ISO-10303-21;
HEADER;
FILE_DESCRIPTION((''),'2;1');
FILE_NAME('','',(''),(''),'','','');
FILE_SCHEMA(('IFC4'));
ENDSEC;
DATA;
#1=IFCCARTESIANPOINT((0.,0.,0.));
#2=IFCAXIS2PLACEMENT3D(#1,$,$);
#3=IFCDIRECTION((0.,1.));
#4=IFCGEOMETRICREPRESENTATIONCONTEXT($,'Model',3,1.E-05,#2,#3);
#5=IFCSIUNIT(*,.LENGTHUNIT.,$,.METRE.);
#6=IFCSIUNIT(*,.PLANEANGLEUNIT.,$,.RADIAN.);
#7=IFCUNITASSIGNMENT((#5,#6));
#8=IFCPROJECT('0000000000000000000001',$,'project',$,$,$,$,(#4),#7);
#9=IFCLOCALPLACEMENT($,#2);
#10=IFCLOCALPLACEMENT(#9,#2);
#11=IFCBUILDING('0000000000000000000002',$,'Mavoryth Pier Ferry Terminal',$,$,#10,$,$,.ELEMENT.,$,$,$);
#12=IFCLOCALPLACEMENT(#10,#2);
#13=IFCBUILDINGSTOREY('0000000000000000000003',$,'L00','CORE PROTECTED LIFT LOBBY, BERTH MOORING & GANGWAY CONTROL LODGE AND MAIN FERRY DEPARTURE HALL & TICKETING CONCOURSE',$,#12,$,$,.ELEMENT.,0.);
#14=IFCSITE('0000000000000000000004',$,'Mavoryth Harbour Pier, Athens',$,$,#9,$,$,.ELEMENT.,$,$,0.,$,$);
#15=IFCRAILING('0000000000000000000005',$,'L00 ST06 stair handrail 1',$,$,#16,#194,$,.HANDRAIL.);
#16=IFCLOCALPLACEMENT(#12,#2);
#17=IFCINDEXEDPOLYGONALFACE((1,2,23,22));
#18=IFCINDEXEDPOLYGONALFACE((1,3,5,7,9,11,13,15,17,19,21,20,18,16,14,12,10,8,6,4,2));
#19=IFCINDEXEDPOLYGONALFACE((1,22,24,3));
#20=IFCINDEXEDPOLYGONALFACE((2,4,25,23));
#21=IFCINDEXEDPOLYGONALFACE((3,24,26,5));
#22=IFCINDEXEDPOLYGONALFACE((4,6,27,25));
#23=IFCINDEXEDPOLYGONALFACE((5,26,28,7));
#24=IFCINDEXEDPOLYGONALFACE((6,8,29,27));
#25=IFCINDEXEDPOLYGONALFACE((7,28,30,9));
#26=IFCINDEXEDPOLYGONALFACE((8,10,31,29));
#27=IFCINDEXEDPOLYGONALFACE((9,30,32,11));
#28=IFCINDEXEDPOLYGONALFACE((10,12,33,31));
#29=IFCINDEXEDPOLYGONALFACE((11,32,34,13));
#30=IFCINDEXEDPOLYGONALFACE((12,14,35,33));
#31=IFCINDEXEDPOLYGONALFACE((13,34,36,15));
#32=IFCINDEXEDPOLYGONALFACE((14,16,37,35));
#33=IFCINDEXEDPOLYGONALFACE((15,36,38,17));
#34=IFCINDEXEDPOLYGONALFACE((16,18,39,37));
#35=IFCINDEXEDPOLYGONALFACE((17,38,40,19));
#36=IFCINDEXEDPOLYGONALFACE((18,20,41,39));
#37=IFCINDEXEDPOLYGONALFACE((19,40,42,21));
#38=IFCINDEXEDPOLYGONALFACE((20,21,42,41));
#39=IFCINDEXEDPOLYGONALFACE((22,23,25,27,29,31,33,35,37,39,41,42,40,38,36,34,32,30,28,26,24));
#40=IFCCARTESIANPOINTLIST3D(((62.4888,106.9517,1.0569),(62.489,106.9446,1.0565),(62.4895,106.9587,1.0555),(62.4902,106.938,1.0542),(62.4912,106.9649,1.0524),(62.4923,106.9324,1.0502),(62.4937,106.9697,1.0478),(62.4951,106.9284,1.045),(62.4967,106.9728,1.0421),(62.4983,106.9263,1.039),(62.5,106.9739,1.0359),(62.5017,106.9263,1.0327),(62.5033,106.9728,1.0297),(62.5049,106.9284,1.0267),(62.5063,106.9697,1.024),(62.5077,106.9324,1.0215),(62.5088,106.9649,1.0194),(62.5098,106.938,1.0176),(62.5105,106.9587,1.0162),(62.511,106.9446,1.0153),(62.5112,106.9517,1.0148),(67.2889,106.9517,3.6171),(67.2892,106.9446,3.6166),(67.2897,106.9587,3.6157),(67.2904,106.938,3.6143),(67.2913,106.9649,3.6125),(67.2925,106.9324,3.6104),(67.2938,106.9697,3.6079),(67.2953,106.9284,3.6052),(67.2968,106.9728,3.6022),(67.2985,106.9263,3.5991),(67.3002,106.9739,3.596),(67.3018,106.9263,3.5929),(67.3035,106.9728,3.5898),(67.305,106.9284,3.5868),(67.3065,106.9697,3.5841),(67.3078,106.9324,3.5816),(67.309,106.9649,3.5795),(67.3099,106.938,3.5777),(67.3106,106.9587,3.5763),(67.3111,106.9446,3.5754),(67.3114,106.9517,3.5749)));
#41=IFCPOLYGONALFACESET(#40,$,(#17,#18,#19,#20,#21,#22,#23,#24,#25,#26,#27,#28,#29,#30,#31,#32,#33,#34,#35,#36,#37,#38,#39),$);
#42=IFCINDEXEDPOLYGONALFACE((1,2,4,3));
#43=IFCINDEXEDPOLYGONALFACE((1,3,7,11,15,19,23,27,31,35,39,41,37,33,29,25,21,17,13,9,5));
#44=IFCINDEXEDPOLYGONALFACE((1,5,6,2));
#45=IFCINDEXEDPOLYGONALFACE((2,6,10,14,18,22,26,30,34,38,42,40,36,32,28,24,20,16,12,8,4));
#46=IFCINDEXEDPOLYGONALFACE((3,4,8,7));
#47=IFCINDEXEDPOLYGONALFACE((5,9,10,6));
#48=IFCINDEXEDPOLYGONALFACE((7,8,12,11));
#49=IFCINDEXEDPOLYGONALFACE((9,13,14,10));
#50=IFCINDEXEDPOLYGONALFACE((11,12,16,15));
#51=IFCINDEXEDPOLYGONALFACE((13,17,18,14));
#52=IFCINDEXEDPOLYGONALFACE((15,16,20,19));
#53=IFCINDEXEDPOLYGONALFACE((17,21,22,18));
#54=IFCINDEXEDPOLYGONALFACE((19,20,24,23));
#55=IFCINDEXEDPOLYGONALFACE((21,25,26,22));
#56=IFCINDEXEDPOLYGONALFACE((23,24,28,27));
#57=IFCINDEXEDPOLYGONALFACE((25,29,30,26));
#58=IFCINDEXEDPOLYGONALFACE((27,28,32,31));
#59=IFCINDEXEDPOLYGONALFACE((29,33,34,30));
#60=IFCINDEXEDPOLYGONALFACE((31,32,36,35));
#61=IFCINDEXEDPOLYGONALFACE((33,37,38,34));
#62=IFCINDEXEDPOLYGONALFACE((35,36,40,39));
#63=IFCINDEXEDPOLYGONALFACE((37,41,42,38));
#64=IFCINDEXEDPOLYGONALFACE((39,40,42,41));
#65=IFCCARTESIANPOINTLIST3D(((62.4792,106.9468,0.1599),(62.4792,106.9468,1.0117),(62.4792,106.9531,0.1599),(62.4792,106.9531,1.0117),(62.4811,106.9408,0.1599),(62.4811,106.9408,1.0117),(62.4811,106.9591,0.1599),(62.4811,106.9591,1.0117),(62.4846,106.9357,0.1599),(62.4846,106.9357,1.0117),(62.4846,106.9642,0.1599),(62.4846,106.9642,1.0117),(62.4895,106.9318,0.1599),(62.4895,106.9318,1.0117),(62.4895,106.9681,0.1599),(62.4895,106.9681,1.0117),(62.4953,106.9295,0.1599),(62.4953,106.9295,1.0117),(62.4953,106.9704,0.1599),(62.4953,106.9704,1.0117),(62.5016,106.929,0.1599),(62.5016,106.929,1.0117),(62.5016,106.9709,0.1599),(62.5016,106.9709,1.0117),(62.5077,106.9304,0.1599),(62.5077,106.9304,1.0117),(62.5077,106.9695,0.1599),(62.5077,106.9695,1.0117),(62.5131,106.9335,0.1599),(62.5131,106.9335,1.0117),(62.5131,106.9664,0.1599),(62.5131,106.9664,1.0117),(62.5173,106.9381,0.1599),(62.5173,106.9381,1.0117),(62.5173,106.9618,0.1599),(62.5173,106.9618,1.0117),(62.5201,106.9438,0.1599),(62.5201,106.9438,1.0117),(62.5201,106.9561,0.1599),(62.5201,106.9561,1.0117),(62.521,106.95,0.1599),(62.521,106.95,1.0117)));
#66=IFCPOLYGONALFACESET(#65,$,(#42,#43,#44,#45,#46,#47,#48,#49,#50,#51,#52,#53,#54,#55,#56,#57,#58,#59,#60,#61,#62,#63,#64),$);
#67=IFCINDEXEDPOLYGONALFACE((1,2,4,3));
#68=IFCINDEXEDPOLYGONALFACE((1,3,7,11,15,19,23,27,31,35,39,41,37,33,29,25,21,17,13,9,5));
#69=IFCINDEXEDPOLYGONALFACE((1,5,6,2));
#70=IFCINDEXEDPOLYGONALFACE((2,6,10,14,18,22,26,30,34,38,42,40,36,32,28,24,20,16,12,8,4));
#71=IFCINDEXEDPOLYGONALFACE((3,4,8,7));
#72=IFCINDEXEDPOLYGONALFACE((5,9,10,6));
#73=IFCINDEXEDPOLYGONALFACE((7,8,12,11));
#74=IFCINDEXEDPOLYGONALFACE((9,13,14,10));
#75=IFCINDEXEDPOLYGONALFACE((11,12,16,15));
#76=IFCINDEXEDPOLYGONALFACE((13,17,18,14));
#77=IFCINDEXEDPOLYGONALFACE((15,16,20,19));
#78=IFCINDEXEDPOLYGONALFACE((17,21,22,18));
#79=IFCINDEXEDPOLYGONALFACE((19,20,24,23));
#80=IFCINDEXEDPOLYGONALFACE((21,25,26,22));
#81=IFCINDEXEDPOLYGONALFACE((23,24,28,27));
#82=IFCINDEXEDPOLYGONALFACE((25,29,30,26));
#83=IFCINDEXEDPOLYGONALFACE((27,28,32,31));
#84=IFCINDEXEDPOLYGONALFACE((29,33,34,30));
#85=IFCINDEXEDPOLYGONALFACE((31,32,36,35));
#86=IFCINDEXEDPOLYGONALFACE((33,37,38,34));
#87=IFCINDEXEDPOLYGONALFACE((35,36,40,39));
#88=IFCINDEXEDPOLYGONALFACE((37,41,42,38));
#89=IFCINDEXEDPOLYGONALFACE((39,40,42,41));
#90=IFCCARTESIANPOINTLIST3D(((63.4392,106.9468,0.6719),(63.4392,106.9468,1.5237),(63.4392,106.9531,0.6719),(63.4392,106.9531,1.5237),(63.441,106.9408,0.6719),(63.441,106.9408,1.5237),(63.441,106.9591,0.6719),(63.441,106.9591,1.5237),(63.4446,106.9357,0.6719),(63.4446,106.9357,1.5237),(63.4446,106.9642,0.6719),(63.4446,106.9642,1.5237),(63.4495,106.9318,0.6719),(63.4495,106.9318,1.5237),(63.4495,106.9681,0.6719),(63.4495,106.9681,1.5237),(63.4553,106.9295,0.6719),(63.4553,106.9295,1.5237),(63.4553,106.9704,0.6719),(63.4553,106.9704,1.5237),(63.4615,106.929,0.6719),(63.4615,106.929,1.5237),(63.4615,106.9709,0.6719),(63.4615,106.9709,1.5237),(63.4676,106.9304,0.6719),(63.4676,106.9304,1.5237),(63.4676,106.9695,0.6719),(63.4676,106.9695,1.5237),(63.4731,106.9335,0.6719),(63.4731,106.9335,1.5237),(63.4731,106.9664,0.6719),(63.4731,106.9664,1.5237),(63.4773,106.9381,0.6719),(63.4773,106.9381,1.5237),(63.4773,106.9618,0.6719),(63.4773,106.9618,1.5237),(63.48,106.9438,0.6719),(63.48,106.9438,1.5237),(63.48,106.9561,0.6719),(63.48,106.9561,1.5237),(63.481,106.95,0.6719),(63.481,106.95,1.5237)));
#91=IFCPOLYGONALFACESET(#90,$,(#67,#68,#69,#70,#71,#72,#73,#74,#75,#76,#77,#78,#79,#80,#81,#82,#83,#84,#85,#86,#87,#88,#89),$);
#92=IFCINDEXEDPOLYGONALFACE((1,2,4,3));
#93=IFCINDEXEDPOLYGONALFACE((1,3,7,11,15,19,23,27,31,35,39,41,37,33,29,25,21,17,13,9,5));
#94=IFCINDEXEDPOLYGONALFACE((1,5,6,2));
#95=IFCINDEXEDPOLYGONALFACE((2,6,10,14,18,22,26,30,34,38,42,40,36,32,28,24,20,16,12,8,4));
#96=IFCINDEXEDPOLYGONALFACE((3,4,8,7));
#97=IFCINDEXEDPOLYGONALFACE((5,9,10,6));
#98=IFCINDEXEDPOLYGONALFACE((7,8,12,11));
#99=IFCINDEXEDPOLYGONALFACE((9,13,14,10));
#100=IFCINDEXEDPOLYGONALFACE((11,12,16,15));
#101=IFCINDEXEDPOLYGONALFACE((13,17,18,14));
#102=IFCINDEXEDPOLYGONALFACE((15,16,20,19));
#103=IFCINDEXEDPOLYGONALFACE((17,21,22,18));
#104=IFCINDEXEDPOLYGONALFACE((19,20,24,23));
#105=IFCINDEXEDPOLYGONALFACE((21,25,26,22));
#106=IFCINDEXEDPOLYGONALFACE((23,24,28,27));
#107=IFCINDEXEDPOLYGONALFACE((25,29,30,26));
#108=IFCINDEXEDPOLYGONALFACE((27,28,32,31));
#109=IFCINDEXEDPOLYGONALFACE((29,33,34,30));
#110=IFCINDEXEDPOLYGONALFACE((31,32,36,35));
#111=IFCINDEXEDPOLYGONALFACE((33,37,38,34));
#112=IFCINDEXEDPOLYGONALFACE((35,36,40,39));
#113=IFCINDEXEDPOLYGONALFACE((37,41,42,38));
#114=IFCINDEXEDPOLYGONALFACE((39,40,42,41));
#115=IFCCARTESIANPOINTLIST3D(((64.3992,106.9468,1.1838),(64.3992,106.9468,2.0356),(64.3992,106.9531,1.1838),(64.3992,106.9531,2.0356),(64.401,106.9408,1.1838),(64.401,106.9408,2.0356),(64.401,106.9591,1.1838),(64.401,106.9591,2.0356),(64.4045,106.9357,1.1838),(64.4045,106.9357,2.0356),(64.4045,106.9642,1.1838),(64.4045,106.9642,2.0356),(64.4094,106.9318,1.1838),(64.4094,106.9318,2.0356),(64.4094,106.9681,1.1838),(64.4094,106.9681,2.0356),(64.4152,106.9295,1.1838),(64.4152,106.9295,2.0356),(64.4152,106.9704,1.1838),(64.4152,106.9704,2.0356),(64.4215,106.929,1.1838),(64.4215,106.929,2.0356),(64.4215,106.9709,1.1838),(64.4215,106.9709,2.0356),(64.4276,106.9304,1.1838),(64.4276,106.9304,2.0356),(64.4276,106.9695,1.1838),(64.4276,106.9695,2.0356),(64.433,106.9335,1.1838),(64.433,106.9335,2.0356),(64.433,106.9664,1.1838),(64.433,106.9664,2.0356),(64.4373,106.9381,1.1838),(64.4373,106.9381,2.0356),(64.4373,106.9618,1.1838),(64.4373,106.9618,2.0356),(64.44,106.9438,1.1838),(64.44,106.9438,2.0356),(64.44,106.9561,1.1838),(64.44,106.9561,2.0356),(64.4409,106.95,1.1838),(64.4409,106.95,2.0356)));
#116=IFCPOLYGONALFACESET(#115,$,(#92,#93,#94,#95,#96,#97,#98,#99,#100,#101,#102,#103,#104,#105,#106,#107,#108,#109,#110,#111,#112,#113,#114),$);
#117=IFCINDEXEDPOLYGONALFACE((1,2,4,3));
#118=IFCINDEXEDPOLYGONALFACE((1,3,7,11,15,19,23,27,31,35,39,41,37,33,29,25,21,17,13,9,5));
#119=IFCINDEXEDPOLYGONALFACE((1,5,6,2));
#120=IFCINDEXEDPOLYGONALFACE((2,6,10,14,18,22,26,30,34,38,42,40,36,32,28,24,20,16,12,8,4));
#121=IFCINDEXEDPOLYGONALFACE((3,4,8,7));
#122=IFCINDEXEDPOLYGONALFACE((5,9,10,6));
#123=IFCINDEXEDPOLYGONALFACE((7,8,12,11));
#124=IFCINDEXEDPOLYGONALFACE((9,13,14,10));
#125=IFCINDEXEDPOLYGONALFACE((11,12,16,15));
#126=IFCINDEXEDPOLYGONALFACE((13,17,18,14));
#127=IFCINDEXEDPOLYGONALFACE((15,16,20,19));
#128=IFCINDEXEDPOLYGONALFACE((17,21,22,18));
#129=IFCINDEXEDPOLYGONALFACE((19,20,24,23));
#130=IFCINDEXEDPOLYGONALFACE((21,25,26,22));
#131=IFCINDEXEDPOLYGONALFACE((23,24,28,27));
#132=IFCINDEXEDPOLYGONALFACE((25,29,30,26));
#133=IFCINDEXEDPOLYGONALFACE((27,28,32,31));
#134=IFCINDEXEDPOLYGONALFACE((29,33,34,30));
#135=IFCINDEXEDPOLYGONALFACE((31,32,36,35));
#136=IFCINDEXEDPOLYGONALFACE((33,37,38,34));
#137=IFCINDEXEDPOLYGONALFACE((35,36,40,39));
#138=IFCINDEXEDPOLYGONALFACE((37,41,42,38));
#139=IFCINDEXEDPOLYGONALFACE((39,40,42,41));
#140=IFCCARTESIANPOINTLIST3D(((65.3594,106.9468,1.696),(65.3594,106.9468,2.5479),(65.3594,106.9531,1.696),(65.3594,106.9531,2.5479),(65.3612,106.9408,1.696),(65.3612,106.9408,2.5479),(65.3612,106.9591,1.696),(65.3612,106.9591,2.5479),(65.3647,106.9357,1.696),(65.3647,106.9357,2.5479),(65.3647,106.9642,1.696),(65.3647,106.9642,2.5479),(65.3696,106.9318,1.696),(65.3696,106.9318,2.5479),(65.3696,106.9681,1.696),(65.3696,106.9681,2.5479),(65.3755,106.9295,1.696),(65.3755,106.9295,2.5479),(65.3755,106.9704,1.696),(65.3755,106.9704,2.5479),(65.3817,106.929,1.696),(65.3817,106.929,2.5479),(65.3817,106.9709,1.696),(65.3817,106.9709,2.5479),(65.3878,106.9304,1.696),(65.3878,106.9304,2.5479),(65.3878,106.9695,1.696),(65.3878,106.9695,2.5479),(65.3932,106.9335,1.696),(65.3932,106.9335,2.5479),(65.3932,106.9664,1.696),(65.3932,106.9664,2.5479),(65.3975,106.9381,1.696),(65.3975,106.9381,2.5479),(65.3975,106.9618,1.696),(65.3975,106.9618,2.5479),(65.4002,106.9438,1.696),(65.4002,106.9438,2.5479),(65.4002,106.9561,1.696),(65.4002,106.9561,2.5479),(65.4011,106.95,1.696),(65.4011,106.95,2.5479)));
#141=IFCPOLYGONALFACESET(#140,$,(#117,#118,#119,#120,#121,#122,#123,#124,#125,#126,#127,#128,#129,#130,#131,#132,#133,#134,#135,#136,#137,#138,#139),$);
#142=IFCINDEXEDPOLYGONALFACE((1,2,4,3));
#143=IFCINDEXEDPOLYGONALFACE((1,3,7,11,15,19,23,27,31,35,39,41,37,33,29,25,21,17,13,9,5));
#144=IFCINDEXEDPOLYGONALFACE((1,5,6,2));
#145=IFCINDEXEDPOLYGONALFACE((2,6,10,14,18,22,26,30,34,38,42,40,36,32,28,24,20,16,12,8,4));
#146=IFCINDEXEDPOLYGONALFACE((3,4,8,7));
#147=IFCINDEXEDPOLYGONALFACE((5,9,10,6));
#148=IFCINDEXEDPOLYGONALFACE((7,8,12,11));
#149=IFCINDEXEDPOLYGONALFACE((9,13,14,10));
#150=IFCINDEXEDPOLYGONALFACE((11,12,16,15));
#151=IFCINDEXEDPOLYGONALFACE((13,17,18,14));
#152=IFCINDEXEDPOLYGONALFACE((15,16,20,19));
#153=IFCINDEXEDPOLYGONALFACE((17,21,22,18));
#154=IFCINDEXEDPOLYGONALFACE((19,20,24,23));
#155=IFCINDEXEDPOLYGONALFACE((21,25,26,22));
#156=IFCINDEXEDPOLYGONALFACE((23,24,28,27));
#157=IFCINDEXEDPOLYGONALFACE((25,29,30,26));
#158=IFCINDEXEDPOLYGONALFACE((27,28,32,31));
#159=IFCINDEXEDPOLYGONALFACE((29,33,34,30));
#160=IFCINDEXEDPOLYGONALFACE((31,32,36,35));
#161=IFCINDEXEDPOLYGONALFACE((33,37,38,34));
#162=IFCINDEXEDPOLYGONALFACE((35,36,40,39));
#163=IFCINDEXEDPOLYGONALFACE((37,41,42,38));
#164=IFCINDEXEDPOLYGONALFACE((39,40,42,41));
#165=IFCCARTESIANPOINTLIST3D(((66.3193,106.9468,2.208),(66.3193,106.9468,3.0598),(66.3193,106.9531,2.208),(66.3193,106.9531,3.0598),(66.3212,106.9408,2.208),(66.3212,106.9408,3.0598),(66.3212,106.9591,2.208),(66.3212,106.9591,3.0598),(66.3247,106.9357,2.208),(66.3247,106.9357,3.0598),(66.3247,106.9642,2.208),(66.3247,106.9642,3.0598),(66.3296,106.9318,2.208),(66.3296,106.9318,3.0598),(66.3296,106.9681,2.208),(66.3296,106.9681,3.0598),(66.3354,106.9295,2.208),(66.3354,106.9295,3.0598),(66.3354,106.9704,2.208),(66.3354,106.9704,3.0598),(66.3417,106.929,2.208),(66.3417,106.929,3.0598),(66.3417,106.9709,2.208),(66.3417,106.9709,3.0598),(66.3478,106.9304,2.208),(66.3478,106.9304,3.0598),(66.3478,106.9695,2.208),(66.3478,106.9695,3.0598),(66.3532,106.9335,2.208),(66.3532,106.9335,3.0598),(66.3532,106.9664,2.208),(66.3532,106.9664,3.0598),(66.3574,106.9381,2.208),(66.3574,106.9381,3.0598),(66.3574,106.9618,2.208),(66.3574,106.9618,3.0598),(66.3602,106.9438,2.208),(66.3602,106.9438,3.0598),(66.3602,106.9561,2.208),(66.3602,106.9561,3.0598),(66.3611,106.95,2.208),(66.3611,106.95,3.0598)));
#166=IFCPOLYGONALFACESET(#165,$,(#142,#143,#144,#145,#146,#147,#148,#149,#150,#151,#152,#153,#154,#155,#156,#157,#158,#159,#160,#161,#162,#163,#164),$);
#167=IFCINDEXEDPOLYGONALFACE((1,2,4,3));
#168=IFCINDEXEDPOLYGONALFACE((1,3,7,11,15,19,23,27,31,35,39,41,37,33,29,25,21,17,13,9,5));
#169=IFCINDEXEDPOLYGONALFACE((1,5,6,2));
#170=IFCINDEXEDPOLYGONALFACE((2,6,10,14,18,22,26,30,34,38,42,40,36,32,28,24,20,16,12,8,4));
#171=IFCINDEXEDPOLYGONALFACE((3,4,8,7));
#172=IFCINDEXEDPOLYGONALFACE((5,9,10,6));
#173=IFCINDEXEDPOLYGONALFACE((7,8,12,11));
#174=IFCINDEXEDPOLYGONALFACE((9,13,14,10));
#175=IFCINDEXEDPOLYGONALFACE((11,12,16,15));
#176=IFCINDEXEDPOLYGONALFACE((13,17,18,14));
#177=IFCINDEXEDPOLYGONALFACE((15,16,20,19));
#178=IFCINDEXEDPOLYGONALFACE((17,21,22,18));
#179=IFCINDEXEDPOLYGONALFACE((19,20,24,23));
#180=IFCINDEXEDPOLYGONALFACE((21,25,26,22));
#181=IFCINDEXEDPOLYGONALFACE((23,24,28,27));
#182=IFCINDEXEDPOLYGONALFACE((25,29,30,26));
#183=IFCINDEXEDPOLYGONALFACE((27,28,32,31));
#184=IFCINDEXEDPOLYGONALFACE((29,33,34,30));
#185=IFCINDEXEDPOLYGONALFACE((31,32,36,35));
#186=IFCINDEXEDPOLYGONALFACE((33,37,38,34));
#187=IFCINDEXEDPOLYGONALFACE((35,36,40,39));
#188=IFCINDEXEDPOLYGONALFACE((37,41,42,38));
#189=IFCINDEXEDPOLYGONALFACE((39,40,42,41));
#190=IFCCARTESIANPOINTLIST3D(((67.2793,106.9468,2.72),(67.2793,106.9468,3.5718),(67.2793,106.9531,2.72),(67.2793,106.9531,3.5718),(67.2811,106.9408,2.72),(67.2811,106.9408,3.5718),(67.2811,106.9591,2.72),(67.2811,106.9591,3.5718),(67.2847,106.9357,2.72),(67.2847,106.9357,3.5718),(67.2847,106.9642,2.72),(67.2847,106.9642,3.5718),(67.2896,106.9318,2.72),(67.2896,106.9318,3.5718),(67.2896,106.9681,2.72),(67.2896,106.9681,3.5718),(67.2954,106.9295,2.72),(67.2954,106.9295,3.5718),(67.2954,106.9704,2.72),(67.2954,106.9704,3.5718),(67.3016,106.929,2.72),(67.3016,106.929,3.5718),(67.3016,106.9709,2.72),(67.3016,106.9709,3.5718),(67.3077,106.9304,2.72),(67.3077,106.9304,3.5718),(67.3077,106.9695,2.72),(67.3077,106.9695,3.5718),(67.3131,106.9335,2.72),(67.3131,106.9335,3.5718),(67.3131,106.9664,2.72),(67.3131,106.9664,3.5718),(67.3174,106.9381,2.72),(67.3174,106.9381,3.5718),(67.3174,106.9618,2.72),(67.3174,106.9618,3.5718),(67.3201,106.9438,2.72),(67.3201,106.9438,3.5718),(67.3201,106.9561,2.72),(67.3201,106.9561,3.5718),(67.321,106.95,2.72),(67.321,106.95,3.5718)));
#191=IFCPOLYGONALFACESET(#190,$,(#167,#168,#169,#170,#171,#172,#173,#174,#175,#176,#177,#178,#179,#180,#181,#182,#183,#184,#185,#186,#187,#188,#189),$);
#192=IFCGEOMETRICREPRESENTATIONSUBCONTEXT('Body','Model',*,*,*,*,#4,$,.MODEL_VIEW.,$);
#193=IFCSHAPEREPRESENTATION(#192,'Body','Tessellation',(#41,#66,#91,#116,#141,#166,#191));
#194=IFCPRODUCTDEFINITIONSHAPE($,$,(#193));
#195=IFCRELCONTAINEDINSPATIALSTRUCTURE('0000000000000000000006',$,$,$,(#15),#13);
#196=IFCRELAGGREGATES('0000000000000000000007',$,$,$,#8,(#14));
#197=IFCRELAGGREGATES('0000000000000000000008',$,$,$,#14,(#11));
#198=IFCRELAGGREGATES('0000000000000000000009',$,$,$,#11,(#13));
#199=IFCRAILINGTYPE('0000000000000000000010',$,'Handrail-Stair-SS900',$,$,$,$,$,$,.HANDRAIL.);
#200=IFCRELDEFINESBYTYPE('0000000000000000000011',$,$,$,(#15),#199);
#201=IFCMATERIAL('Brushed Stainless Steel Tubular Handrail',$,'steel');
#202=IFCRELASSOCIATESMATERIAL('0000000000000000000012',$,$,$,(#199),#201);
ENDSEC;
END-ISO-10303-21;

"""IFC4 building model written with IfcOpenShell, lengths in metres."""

from ifc_helpers import new_model, si_unit, direction, frame, origin, origin_2d, place, context, subcontext, project, spatial, circle, extrude, material, type_object, element, save


model = new_model("IFC4")

# Units and contexts
model_context = context("Model", 3, precision=1e-05, world=origin(), true_north=direction((0.0, 1.0)))
body_context = subcontext(model_context, "Body", "Model", "MODEL_VIEW")
ifc_project = project(units=[si_unit("LENGTHUNIT", "METRE"), si_unit("PLANEANGLEUNIT", "RADIAN")], contexts=[model_context])

# Site, building, storey
site_placement = place(None, origin())
site = spatial("IfcSite", under=ifc_project, at=site_placement, Name="Mavoryth Harbour Pier, Athens", CompositionType="ELEMENT", RefElevation=0.0)
building_placement = place(site_placement, origin())
building = spatial("IfcBuilding", under=site, at=building_placement, Name="Mavoryth Pier Ferry Terminal", CompositionType="ELEMENT")
storey_placement = place(building_placement, origin())
storey = spatial("IfcBuildingStorey", under=building, at=storey_placement, Name="L00", Description="CORE PROTECTED LIFT LOBBY, BERTH MOORING & GANGWAY CONTROL LODGE AND MAIN FERRY DEPARTURE HALL & TICKETING CONCOURSE", CompositionType="ELEMENT", Elevation=0.0)

# Railing
ifc_material_1 = material(Name="Brushed Stainless Steel Tubular Handrail", Category="steel")
railing_type_1 = type_object("IfcRailingType", Name="Handrail-Stair-SS900", PredefinedType="HANDRAIL", material=ifc_material_1)
railing_1_placement = place(storey_placement, frame((62.5, 106.95, 0.1599)))
element("IfcRailing", 1, at=railing_1_placement, inside=storey, type_object=railing_type_1, Name="L00 ST06 stair handrail 1", PredefinedType="HANDRAIL", context=body_context, shape_type="SweptSolid", body=[
    extrude(circle(Radius=0.0239, at=origin_2d()), frame((0.0, 0.0, 0.876), z_axis=(0.88235, 0.0, 0.470593), x_axis=(0.0, 1.0, 0.0)), (0.0, 0.0, 1.0), 5.4402),
    extrude(circle(Radius=0.021, at=origin_2d()), origin(), (0.0, 0.0, 1.0), 0.8518),
    extrude(circle(Radius=0.021, at=origin_2d()), frame((0.96, 0.0, 0.512)), (0.0, 0.0, 1.0), 0.8518),
    extrude(circle(Radius=0.021, at=origin_2d()), frame((1.9199, 0.0, 1.0239)), (0.0, 0.0, 1.0), 0.8518),
    extrude(circle(Radius=0.021, at=origin_2d()), frame((2.8801, 0.0, 1.5361)), (0.0, 0.0, 1.0), 0.8518),
    extrude(circle(Radius=0.021, at=origin_2d()), frame((3.8401, 0.0, 2.0481)), (0.0, 0.0, 1.0), 0.8518),
    extrude(circle(Radius=0.021, at=origin_2d()), frame((4.8, 0.0, 2.5601)), (0.0, 0.0, 1.0), 0.8518),
])

save(model, "model.ifc")
